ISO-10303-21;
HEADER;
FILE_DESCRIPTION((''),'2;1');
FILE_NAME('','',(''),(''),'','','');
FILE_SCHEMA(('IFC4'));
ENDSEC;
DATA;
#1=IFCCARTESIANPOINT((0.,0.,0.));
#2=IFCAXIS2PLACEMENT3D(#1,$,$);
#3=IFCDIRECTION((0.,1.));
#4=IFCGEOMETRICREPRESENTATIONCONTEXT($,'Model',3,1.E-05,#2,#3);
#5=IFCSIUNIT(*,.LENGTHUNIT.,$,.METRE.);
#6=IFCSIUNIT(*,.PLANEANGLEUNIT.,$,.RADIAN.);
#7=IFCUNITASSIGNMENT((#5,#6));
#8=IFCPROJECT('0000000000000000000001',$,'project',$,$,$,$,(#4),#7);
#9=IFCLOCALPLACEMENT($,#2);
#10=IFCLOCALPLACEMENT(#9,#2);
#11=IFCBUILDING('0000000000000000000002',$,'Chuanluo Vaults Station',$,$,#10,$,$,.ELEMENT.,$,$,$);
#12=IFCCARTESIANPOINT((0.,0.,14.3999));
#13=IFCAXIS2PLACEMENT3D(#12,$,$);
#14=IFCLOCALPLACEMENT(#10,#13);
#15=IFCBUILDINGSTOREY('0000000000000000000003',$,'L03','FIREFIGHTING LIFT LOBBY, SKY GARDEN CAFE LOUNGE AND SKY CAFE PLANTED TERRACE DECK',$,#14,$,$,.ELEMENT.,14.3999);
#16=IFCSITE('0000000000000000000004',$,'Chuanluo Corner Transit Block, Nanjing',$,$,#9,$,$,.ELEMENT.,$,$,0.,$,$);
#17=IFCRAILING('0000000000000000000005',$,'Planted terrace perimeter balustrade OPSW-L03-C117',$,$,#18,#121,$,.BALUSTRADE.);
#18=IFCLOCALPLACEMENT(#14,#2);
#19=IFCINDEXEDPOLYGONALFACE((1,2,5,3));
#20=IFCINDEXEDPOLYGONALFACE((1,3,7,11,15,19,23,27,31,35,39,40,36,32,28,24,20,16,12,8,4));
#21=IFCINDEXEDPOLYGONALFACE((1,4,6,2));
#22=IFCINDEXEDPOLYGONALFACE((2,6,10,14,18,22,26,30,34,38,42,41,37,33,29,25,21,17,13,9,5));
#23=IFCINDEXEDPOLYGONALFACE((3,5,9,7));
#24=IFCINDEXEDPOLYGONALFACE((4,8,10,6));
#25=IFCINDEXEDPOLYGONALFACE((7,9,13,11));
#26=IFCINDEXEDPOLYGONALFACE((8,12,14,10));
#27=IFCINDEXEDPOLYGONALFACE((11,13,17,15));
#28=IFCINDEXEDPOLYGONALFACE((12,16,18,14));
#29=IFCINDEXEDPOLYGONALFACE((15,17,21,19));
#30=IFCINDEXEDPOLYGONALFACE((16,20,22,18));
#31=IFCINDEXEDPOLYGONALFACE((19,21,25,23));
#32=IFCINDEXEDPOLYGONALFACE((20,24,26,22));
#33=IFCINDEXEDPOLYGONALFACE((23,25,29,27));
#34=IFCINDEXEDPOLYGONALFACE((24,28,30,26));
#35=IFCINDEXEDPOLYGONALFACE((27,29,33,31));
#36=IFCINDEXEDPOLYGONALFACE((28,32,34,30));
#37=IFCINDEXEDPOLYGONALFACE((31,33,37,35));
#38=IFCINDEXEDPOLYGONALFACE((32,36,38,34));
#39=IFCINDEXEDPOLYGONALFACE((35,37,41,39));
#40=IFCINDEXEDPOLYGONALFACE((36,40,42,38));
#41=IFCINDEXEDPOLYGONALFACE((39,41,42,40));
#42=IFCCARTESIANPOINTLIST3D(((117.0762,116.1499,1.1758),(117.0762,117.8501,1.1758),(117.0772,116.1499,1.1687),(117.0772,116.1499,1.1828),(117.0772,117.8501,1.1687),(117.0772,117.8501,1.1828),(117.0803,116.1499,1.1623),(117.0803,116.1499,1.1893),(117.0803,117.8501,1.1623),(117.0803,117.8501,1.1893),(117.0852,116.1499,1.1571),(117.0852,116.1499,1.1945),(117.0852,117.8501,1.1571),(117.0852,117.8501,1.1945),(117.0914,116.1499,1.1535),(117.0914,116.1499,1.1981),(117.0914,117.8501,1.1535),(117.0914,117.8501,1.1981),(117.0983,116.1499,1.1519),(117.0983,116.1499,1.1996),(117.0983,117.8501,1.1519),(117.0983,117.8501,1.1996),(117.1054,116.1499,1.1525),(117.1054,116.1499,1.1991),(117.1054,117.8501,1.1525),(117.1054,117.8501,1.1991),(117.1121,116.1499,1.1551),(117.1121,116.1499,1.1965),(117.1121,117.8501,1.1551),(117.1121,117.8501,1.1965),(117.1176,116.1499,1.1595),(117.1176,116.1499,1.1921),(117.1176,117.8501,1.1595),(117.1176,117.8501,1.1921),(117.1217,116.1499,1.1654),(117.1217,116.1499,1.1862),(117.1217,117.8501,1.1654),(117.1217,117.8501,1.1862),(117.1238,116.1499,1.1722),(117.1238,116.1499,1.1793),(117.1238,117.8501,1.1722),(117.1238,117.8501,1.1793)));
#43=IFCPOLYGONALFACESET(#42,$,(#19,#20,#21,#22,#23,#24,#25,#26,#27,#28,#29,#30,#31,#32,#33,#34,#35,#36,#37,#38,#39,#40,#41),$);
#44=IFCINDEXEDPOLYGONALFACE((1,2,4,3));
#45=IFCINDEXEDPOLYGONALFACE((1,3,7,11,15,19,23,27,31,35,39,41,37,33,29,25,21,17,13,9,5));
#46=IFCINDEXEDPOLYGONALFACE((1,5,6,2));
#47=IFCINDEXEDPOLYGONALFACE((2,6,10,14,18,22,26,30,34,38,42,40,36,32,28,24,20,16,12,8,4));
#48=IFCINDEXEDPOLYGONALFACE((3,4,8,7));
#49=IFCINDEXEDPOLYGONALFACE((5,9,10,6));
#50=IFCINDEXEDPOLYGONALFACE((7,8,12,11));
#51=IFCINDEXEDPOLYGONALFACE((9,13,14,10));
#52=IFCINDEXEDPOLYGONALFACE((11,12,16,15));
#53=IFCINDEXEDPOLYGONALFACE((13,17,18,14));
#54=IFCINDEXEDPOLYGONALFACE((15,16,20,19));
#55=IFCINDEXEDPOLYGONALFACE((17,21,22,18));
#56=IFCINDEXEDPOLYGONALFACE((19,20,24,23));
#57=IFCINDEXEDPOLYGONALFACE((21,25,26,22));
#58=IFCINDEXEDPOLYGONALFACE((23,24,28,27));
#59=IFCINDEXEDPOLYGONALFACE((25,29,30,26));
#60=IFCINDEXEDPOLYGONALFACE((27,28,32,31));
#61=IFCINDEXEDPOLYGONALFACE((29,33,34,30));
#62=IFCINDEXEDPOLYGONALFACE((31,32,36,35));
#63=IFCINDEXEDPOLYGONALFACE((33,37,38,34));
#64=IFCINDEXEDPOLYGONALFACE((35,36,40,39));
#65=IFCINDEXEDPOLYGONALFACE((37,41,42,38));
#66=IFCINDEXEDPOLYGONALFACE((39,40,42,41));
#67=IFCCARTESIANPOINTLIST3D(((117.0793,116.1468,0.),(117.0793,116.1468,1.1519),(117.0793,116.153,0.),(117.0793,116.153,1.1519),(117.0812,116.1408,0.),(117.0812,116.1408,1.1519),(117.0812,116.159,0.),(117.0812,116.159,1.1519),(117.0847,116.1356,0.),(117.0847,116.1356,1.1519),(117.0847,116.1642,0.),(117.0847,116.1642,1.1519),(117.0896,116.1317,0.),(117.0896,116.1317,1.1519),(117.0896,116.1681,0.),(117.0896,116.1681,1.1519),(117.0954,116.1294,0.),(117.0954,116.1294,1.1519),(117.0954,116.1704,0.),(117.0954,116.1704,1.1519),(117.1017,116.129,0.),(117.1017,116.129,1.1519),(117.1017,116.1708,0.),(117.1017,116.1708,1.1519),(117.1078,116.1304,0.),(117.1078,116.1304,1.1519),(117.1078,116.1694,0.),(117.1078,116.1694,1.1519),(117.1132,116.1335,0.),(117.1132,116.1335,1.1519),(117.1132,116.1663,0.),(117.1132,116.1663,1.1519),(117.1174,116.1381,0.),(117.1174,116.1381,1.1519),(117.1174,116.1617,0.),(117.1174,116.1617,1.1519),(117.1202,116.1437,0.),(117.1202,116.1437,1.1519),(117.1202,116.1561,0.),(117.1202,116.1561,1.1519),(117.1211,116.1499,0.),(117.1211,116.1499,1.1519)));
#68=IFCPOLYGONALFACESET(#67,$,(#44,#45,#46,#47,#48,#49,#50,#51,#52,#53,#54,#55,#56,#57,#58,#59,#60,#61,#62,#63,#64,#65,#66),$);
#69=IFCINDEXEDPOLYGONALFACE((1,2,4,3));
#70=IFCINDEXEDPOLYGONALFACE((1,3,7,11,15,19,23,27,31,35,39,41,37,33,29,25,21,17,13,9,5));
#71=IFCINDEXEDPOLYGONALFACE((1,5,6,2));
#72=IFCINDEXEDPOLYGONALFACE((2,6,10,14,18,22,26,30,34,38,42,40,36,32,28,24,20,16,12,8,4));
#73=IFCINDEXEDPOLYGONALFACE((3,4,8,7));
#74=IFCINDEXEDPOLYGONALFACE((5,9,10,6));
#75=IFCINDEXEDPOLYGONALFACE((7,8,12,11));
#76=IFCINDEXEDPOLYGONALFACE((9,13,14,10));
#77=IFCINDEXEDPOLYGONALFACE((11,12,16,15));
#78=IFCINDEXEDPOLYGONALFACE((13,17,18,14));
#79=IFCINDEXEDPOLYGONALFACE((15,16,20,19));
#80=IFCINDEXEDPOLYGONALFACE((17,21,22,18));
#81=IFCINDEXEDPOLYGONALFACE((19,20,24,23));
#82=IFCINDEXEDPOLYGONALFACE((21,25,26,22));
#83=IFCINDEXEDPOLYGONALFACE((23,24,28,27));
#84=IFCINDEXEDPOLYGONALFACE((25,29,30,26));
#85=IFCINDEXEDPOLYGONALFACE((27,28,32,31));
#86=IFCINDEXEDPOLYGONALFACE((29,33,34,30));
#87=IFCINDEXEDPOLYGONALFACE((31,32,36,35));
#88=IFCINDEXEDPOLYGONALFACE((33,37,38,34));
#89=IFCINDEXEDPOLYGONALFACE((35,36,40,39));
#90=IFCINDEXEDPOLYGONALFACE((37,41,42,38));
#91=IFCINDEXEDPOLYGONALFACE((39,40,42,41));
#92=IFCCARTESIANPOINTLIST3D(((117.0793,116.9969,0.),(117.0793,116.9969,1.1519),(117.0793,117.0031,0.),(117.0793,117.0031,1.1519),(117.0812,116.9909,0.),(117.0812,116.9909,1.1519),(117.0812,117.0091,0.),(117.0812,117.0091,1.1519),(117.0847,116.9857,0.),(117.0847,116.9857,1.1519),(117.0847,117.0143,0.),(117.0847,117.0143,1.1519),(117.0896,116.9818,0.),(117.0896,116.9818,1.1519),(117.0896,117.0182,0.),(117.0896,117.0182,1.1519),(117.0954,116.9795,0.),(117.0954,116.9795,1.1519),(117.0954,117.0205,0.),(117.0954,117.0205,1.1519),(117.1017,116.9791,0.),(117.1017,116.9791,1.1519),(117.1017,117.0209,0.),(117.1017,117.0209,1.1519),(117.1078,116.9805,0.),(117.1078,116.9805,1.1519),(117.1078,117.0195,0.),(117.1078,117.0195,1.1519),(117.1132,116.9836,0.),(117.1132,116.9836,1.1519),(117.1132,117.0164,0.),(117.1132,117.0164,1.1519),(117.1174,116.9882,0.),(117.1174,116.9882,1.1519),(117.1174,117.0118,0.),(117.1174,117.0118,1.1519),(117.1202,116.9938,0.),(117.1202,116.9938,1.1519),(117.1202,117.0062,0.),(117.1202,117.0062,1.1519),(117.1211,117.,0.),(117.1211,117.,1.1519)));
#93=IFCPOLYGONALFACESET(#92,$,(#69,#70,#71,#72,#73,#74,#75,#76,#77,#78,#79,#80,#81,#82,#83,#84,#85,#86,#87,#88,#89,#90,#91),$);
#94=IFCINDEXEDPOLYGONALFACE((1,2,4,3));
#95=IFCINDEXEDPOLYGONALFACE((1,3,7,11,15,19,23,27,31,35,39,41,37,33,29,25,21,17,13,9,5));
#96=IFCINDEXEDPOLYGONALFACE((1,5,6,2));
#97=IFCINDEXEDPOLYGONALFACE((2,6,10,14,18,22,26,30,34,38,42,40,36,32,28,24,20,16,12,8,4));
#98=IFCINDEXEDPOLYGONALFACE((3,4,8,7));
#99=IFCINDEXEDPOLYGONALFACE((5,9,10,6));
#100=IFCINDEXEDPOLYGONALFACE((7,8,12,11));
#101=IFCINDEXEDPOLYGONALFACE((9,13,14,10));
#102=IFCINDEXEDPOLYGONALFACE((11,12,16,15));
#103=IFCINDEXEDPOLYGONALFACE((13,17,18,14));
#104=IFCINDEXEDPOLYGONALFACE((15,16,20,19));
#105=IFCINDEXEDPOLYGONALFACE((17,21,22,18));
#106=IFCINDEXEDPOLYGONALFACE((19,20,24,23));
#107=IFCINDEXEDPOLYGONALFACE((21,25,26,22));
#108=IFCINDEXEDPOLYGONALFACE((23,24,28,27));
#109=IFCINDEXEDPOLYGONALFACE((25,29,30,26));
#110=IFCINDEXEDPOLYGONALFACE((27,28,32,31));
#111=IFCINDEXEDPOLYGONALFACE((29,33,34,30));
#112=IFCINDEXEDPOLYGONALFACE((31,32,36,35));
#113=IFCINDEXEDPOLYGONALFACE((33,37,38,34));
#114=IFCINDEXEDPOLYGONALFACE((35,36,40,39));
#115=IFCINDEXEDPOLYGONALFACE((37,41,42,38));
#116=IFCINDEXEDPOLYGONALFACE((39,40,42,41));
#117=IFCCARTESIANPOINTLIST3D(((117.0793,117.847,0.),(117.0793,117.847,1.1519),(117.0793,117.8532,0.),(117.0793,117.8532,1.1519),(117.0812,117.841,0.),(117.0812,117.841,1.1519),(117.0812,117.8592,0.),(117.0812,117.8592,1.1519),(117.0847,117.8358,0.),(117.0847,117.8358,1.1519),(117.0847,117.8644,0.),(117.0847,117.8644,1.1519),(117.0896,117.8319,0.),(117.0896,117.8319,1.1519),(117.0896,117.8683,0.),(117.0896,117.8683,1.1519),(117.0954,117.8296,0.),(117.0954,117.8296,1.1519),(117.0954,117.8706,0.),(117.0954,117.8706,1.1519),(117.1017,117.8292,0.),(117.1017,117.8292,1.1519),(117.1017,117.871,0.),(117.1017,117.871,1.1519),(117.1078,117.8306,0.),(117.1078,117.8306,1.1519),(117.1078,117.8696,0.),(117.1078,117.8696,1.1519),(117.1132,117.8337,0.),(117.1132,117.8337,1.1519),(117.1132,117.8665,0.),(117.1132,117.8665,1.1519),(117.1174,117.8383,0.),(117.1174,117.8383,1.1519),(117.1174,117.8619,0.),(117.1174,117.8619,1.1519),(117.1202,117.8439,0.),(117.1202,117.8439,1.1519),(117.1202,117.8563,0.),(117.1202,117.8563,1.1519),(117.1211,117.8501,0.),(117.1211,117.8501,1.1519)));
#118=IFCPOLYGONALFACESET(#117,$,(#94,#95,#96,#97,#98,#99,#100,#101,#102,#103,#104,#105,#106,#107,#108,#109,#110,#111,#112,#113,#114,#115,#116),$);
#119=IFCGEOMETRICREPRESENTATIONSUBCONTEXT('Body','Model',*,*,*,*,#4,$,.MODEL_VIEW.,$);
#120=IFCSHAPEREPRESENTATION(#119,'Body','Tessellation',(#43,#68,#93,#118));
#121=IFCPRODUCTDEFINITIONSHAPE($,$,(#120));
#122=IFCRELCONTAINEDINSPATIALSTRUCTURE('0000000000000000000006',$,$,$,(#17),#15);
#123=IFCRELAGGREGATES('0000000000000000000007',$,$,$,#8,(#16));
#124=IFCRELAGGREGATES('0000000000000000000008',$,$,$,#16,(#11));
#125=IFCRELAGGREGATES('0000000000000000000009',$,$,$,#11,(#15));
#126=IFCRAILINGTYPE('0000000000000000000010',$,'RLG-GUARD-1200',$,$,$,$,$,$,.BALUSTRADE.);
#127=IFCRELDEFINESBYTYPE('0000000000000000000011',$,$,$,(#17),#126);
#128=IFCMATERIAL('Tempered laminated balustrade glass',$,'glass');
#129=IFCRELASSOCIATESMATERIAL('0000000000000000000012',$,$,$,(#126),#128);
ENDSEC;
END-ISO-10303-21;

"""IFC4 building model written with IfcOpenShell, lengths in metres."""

from ifc_helpers import new_model, si_unit, direction, frame, origin, origin_2d, place, context, subcontext, project, spatial, circle, extrude, material, type_object, element, save


model = new_model("IFC4")

# Units and contexts
model_context = context("Model", 3, precision=1e-05, world=origin(), true_north=direction((0.0, 1.0)))
body_context = subcontext(model_context, "Body", "Model", "MODEL_VIEW")
ifc_project = project(units=[si_unit("LENGTHUNIT", "METRE"), si_unit("PLANEANGLEUNIT", "RADIAN")], contexts=[model_context])

# Site, building, storey
site_placement = place(None, origin())
site = spatial("IfcSite", under=ifc_project, at=site_placement, Name="Chuanluo Corner Transit Block, Nanjing", CompositionType="ELEMENT", RefElevation=0.0)
building_placement = place(site_placement, origin())
building = spatial("IfcBuilding", under=site, at=building_placement, Name="Chuanluo Vaults Station", CompositionType="ELEMENT")
storey_placement = place(building_placement, frame((0.0, 0.0, 14.3999)))
storey = spatial("IfcBuildingStorey", under=building, at=storey_placement, Name="L03", Description="FIREFIGHTING LIFT LOBBY, SKY GARDEN CAFE LOUNGE AND SKY CAFE PLANTED TERRACE DECK", CompositionType="ELEMENT", Elevation=14.3999)

# Railing
ifc_material_1 = material(Name="Tempered laminated balustrade glass", Category="glass")
railing_type = type_object("IfcRailingType", Name="RLG-GUARD-1200", PredefinedType="BALUSTRADE", material=ifc_material_1)
railing_placement = place(storey_placement, frame((117.1001, 116.1499, 0.0)))
element("IfcRailing", 1, at=railing_placement, inside=storey, type_object=railing_type, Name="Planted terrace perimeter balustrade OPSW-L03-C117", PredefinedType="BALUSTRADE", context=body_context, shape_type="SweptSolid", body=[
    extrude(circle(Radius=0.0239, at=origin_2d()), frame((0.0, 0.0, 1.1758), z_axis=(0.0, 1.0, 0.0), x_axis=(-1.0, 0.0, 0.0)), (0.0, 0.0, 1.0), 1.7002),
    extrude(circle(Radius=0.021, at=origin_2d()), origin(), (0.0, 0.0, 1.0), 1.1519),
    extrude(circle(Radius=0.021, at=origin_2d()), frame((0.0, 0.8501, 0.0)), (0.0, 0.0, 1.0), 1.1519),
    extrude(circle(Radius=0.021, at=origin_2d()), frame((0.0, 1.7002, 0.0)), (0.0, 0.0, 1.0), 1.1519),
])

save(model, "model.ifc")
